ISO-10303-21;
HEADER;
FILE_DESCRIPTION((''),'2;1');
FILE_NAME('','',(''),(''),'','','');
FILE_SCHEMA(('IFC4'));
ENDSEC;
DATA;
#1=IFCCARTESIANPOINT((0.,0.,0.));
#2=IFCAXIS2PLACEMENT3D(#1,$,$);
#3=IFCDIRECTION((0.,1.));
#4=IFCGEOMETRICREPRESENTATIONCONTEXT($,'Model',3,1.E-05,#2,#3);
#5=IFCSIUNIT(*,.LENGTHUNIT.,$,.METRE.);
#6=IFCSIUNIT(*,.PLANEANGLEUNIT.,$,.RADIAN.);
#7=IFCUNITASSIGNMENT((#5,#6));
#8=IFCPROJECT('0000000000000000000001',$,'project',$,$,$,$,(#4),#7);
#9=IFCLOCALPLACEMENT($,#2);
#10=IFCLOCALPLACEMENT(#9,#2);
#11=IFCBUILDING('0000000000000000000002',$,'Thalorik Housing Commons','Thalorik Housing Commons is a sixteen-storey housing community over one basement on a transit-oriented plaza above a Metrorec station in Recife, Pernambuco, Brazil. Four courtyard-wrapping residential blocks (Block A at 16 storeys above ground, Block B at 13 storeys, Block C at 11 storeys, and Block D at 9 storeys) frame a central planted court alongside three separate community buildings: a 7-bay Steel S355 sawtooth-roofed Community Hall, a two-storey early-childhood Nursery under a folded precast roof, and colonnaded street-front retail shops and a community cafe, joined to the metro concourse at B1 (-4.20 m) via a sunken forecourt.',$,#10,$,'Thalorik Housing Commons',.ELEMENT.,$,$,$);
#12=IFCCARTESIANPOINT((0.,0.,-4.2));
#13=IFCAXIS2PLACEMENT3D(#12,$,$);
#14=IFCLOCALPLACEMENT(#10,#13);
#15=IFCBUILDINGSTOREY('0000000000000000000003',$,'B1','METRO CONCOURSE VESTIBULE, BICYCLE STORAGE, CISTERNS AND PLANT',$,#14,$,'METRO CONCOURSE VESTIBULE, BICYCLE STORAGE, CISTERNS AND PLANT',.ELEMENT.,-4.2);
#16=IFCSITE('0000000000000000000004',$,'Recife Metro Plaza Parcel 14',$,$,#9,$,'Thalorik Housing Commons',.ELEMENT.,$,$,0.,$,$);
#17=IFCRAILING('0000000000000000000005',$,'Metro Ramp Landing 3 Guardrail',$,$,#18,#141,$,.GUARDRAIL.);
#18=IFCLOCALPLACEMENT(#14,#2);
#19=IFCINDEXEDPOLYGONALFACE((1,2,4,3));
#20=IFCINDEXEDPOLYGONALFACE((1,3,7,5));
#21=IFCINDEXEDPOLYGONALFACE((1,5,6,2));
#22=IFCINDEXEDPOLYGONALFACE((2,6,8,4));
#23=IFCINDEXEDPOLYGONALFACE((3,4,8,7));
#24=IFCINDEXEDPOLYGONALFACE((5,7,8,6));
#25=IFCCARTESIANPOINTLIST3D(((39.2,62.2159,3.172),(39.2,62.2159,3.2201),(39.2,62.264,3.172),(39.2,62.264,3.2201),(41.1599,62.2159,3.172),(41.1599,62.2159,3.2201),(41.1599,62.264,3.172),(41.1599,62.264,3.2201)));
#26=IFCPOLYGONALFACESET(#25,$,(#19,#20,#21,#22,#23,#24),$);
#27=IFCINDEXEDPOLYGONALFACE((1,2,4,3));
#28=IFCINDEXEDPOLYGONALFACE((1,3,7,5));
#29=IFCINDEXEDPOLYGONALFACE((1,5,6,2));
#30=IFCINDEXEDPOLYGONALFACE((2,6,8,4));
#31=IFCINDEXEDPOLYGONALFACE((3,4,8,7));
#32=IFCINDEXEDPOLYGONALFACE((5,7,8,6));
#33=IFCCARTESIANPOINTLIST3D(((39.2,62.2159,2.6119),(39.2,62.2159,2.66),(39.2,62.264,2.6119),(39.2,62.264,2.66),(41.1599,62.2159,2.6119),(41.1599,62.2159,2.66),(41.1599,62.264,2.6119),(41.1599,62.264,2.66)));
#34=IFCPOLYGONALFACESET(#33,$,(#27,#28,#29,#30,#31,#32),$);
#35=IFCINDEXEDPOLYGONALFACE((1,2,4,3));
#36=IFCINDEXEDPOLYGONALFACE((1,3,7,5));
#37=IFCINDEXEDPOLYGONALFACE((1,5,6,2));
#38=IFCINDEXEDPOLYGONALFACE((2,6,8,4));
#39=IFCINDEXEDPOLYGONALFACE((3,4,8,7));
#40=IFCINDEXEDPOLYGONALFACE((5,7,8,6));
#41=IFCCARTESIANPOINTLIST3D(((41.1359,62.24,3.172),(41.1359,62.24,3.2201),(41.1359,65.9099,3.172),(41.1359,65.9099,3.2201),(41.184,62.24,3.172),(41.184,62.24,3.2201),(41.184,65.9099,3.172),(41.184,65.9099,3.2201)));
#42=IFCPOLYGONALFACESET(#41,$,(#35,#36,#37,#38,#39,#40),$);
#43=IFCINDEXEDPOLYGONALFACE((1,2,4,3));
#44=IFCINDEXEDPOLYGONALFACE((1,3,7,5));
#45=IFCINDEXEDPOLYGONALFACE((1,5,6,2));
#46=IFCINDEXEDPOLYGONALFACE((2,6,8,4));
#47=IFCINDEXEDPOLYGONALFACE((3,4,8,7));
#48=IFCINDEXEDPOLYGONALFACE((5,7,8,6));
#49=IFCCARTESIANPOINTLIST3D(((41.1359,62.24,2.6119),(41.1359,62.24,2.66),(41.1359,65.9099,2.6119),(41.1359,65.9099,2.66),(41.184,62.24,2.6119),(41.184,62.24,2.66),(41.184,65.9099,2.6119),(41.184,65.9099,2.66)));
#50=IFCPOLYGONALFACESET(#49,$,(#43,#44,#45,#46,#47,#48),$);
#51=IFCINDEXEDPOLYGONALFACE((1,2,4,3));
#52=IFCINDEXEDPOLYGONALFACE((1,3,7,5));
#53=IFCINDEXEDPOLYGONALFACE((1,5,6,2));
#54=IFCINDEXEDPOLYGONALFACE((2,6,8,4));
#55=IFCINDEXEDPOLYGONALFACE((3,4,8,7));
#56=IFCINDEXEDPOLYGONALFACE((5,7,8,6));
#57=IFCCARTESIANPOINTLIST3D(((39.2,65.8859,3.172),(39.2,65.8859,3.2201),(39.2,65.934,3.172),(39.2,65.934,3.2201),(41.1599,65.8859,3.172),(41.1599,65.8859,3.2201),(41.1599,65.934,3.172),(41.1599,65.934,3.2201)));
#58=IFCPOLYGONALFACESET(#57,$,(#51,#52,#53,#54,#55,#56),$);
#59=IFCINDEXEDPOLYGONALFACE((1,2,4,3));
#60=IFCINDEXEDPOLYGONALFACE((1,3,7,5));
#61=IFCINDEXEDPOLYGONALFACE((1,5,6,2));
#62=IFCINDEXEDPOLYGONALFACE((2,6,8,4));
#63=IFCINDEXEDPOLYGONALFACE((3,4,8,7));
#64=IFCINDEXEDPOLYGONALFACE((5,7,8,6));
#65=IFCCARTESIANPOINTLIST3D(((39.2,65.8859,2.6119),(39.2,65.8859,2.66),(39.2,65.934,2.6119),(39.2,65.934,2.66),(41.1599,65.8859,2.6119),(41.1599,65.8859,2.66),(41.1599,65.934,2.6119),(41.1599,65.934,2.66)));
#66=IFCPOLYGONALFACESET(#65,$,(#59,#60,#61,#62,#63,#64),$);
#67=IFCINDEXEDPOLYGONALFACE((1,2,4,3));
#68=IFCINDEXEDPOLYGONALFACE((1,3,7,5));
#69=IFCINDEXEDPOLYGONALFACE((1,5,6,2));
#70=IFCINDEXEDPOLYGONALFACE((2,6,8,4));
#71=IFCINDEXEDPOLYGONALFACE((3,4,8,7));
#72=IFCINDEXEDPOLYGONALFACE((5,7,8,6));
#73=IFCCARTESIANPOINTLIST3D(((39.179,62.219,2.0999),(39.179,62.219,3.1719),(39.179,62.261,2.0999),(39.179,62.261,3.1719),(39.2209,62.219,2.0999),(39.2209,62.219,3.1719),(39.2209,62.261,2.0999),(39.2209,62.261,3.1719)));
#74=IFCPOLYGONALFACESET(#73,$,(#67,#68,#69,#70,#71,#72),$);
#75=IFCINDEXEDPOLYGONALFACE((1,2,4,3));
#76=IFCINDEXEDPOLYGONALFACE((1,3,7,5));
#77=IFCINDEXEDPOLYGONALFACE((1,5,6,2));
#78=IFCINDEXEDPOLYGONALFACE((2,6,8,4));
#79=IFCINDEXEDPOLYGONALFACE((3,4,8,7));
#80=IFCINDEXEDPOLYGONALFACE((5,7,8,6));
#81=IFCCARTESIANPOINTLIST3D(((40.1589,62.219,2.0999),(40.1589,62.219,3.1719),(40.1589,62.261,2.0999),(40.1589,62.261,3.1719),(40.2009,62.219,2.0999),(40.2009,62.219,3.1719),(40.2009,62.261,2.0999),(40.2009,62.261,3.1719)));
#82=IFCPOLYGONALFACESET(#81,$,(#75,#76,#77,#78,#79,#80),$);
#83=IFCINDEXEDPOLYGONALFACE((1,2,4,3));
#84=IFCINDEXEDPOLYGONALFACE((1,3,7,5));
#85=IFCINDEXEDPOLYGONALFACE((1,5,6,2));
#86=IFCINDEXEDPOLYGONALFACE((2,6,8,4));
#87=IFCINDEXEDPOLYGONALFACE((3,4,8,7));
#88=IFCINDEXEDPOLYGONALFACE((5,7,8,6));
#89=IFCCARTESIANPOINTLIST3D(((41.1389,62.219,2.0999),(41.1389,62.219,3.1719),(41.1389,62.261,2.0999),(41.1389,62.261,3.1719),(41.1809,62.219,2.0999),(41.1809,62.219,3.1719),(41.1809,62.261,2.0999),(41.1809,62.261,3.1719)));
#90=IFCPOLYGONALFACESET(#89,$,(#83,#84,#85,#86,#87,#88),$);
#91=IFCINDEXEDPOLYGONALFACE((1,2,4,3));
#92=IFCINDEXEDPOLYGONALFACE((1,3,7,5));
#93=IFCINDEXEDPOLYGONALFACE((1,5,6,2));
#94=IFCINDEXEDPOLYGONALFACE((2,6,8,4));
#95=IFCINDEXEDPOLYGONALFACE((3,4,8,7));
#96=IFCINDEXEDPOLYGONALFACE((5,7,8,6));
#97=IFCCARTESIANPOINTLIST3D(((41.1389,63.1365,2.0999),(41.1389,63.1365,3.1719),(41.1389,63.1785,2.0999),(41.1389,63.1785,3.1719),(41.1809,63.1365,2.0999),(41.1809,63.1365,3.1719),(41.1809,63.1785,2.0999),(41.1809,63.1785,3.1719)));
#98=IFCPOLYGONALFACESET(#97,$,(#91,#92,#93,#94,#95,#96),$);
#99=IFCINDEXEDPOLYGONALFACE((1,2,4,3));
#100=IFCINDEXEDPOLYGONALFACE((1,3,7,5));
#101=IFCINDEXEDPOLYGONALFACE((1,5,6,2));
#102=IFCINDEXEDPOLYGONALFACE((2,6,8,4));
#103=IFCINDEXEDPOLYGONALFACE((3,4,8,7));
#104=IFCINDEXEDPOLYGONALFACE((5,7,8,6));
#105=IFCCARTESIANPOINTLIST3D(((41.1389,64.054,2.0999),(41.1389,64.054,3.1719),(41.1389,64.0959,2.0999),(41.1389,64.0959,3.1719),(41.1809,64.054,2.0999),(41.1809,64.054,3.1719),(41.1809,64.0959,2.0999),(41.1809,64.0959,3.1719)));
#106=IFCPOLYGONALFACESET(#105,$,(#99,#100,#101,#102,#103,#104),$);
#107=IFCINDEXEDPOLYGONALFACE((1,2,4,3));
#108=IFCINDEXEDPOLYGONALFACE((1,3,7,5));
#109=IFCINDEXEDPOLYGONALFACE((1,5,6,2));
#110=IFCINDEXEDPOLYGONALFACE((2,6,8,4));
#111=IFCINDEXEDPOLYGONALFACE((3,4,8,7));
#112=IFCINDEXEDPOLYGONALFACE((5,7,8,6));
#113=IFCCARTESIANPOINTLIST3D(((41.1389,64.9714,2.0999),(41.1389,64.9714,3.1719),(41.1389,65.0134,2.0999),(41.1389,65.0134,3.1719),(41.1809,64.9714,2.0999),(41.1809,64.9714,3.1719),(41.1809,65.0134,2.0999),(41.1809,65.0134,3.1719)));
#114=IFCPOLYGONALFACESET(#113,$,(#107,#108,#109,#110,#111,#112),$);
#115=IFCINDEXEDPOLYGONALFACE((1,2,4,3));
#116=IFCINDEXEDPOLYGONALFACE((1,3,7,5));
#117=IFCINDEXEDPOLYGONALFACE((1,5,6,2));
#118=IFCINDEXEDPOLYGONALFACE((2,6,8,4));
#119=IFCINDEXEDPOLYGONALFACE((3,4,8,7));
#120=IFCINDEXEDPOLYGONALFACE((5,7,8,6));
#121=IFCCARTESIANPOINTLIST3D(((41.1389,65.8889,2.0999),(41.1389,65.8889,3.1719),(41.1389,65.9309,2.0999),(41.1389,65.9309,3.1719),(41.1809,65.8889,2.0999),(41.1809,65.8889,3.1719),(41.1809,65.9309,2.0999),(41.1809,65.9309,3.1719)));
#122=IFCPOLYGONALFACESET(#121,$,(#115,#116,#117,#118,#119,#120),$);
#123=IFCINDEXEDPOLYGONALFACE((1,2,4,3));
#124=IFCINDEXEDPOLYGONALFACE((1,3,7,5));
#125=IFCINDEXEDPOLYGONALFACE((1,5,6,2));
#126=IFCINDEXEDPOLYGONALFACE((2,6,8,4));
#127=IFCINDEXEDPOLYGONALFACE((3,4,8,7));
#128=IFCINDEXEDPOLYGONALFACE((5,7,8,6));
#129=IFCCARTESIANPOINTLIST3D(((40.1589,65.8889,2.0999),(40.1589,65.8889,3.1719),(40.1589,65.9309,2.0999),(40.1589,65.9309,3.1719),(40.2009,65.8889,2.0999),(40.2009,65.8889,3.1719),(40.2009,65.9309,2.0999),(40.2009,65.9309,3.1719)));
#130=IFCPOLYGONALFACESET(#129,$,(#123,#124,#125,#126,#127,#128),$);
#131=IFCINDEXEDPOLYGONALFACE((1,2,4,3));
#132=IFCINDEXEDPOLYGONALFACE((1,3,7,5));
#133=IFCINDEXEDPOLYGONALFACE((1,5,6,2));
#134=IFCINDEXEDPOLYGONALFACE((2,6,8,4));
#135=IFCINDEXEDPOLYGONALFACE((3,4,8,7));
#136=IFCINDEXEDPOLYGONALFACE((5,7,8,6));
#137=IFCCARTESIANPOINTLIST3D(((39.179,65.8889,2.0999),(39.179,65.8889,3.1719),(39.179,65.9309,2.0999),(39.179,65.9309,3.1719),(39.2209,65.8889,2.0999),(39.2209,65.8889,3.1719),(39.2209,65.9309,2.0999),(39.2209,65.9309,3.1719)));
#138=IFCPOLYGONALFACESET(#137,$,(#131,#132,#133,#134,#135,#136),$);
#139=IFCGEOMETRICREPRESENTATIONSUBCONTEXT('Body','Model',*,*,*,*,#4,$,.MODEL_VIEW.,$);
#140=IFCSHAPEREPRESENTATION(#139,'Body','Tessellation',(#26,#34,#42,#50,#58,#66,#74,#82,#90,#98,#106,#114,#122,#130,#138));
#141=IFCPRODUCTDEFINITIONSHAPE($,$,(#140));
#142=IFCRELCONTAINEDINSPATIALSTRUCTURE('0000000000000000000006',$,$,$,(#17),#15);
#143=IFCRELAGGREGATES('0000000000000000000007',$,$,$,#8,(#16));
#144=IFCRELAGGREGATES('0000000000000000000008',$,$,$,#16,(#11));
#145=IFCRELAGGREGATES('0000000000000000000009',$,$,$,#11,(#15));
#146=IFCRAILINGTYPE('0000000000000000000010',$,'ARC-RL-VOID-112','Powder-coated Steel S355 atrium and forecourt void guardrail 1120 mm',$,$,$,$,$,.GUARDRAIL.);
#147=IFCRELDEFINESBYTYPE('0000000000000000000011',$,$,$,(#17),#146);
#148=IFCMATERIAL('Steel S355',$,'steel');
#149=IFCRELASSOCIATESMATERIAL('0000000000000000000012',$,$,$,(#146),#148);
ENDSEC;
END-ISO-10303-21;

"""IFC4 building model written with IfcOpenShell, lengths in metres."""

from ifc_helpers import new_model, si_unit, direction, frame, origin, origin_2d, place, context, subcontext, project, spatial, rectangle, extrude, material, type_object, element, save


model = new_model("IFC4")

# Units and contexts
model_context = context("Model", 3, precision=1e-05, world=origin(), true_north=direction((0.0, 1.0)))
body_context = subcontext(model_context, "Body", "Model", "MODEL_VIEW")
ifc_project = project(units=[si_unit("LENGTHUNIT", "METRE"), si_unit("PLANEANGLEUNIT", "RADIAN")], contexts=[model_context])

# Site, building, storey
site_placement = place(None, origin())
site = spatial("IfcSite", under=ifc_project, at=site_placement, Name="Recife Metro Plaza Parcel 14", LongName="Thalorik Housing Commons", CompositionType="ELEMENT", RefElevation=0.0)
building_placement = place(site_placement, origin())
building = spatial("IfcBuilding", under=site, at=building_placement, Name="Thalorik Housing Commons", Description="Thalorik Housing Commons is a sixteen-storey housing community over one basement on a transit-oriented plaza above a Metrorec station in Recife, Pernambuco, Brazil. Four courtyard-wrapping residential blocks (Block A at 16 storeys above ground, Block B at 13 storeys, Block C at 11 storeys, and Block D at 9 storeys) frame a central planted court alongside three separate community buildings: a 7-bay Steel S355 sawtooth-roofed Community Hall, a two-storey early-childhood Nursery under a folded precast roof, and colonnaded street-front retail shops and a community cafe, joined to the metro concourse at B1 (-4.20 m) via a sunken forecourt.", LongName="Thalorik Housing Commons", CompositionType="ELEMENT")
storey_placement = place(building_placement, frame((0.0, 0.0, -4.2)))
storey = spatial("IfcBuildingStorey", under=building, at=storey_placement, Name="B1", Description="METRO CONCOURSE VESTIBULE, BICYCLE STORAGE, CISTERNS AND PLANT", LongName="METRO CONCOURSE VESTIBULE, BICYCLE STORAGE, CISTERNS AND PLANT", CompositionType="ELEMENT", Elevation=-4.2)

# Railing
ifc_material_1 = material(Name="Steel S355", Category="steel")
railing_type_1 = type_object("IfcRailingType", Name="ARC-RL-VOID-112", Description="Powder-coated Steel S355 atrium and forecourt void guardrail 1120 mm", PredefinedType="GUARDRAIL", material=ifc_material_1)
railing_1_placement = place(storey_placement, frame((39.2, 62.24, 2.0999)))
element("IfcRailing", 1, at=railing_1_placement, inside=storey, type_object=railing_type_1, Name="Metro Ramp Landing 3 Guardrail", PredefinedType="GUARDRAIL", context=body_context, shape_type="SweptSolid", body=[
    extrude(rectangle(XDim=0.0481, YDim=0.0481, at=origin_2d()), frame((0.0, 0.0, 1.0962), z_axis=(1.0, 0.0, 0.0), x_axis=(0.0, 1.0, 0.0)), (0.0, 0.0, 1.0), 1.96),
    extrude(rectangle(XDim=0.0481, YDim=0.0481, at=origin_2d()), frame((0.0, 0.0, 0.5361), z_axis=(1.0, 0.0, 0.0), x_axis=(0.0, 1.0, 0.0)), (0.0, 0.0, 1.0), 1.96),
    extrude(rectangle(XDim=0.0481, YDim=0.0481, at=origin_2d()), frame((1.96, 0.0, 1.0962), z_axis=(0.0, 1.0, 0.0), x_axis=(-1.0, 0.0, 0.0)), (0.0, 0.0, 1.0), 3.6699),
    extrude(rectangle(XDim=0.0481, YDim=0.0481, at=origin_2d()), frame((1.96, 0.0, 0.5361), z_axis=(0.0, 1.0, 0.0), x_axis=(-1.0, 0.0, 0.0)), (0.0, 0.0, 1.0), 3.6699),
    extrude(rectangle(XDim=0.0481, YDim=0.0481, at=origin_2d()), frame((1.96, 3.6699, 1.0962), z_axis=(-1.0, 0.0, 0.0), x_axis=(0.0, -1.0, 0.0)), (0.0, 0.0, 1.0), 1.96),
    extrude(rectangle(XDim=0.0481, YDim=0.0481, at=origin_2d()), frame((1.96, 3.6699, 0.5361), z_axis=(-1.0, 0.0, 0.0), x_axis=(0.0, -1.0, 0.0)), (0.0, 0.0, 1.0), 1.96),
    extrude(rectangle(XDim=0.042, YDim=0.042, at=origin_2d()), origin(), (0.0, 0.0, 1.0), 1.072),
    extrude(rectangle(XDim=0.042, YDim=0.042, at=origin_2d()), frame((0.98, 0.0, 0.0)), (0.0, 0.0, 1.0), 1.072),
    extrude(rectangle(XDim=0.042, YDim=0.042, at=origin_2d()), frame((1.96, 0.0, 0.0)), (0.0, 0.0, 1.0), 1.072),
    extrude(rectangle(XDim=0.042, YDim=0.042, at=origin_2d()), frame((1.96, 0.9175, 0.0)), (0.0, 0.0, 1.0), 1.072),
    extrude(rectangle(XDim=0.042, YDim=0.042, at=origin_2d()), frame((1.96, 1.835, 0.0)), (0.0, 0.0, 1.0), 1.072),
    extrude(rectangle(XDim=0.042, YDim=0.042, at=origin_2d()), frame((1.96, 2.7524, 0.0)), (0.0, 0.0, 1.0), 1.072),
    extrude(rectangle(XDim=0.042, YDim=0.042, at=origin_2d()), frame((1.96, 3.6699, 0.0)), (0.0, 0.0, 1.0), 1.072),
    extrude(rectangle(XDim=0.042, YDim=0.042, at=origin_2d()), frame((0.98, 3.6699, 0.0)), (0.0, 0.0, 1.0), 1.072),
    extrude(rectangle(XDim=0.042, YDim=0.042, at=origin_2d()), frame((0.0, 3.6699, 0.0)), (0.0, 0.0, 1.0), 1.072),
])

save(model, "model.ifc")
